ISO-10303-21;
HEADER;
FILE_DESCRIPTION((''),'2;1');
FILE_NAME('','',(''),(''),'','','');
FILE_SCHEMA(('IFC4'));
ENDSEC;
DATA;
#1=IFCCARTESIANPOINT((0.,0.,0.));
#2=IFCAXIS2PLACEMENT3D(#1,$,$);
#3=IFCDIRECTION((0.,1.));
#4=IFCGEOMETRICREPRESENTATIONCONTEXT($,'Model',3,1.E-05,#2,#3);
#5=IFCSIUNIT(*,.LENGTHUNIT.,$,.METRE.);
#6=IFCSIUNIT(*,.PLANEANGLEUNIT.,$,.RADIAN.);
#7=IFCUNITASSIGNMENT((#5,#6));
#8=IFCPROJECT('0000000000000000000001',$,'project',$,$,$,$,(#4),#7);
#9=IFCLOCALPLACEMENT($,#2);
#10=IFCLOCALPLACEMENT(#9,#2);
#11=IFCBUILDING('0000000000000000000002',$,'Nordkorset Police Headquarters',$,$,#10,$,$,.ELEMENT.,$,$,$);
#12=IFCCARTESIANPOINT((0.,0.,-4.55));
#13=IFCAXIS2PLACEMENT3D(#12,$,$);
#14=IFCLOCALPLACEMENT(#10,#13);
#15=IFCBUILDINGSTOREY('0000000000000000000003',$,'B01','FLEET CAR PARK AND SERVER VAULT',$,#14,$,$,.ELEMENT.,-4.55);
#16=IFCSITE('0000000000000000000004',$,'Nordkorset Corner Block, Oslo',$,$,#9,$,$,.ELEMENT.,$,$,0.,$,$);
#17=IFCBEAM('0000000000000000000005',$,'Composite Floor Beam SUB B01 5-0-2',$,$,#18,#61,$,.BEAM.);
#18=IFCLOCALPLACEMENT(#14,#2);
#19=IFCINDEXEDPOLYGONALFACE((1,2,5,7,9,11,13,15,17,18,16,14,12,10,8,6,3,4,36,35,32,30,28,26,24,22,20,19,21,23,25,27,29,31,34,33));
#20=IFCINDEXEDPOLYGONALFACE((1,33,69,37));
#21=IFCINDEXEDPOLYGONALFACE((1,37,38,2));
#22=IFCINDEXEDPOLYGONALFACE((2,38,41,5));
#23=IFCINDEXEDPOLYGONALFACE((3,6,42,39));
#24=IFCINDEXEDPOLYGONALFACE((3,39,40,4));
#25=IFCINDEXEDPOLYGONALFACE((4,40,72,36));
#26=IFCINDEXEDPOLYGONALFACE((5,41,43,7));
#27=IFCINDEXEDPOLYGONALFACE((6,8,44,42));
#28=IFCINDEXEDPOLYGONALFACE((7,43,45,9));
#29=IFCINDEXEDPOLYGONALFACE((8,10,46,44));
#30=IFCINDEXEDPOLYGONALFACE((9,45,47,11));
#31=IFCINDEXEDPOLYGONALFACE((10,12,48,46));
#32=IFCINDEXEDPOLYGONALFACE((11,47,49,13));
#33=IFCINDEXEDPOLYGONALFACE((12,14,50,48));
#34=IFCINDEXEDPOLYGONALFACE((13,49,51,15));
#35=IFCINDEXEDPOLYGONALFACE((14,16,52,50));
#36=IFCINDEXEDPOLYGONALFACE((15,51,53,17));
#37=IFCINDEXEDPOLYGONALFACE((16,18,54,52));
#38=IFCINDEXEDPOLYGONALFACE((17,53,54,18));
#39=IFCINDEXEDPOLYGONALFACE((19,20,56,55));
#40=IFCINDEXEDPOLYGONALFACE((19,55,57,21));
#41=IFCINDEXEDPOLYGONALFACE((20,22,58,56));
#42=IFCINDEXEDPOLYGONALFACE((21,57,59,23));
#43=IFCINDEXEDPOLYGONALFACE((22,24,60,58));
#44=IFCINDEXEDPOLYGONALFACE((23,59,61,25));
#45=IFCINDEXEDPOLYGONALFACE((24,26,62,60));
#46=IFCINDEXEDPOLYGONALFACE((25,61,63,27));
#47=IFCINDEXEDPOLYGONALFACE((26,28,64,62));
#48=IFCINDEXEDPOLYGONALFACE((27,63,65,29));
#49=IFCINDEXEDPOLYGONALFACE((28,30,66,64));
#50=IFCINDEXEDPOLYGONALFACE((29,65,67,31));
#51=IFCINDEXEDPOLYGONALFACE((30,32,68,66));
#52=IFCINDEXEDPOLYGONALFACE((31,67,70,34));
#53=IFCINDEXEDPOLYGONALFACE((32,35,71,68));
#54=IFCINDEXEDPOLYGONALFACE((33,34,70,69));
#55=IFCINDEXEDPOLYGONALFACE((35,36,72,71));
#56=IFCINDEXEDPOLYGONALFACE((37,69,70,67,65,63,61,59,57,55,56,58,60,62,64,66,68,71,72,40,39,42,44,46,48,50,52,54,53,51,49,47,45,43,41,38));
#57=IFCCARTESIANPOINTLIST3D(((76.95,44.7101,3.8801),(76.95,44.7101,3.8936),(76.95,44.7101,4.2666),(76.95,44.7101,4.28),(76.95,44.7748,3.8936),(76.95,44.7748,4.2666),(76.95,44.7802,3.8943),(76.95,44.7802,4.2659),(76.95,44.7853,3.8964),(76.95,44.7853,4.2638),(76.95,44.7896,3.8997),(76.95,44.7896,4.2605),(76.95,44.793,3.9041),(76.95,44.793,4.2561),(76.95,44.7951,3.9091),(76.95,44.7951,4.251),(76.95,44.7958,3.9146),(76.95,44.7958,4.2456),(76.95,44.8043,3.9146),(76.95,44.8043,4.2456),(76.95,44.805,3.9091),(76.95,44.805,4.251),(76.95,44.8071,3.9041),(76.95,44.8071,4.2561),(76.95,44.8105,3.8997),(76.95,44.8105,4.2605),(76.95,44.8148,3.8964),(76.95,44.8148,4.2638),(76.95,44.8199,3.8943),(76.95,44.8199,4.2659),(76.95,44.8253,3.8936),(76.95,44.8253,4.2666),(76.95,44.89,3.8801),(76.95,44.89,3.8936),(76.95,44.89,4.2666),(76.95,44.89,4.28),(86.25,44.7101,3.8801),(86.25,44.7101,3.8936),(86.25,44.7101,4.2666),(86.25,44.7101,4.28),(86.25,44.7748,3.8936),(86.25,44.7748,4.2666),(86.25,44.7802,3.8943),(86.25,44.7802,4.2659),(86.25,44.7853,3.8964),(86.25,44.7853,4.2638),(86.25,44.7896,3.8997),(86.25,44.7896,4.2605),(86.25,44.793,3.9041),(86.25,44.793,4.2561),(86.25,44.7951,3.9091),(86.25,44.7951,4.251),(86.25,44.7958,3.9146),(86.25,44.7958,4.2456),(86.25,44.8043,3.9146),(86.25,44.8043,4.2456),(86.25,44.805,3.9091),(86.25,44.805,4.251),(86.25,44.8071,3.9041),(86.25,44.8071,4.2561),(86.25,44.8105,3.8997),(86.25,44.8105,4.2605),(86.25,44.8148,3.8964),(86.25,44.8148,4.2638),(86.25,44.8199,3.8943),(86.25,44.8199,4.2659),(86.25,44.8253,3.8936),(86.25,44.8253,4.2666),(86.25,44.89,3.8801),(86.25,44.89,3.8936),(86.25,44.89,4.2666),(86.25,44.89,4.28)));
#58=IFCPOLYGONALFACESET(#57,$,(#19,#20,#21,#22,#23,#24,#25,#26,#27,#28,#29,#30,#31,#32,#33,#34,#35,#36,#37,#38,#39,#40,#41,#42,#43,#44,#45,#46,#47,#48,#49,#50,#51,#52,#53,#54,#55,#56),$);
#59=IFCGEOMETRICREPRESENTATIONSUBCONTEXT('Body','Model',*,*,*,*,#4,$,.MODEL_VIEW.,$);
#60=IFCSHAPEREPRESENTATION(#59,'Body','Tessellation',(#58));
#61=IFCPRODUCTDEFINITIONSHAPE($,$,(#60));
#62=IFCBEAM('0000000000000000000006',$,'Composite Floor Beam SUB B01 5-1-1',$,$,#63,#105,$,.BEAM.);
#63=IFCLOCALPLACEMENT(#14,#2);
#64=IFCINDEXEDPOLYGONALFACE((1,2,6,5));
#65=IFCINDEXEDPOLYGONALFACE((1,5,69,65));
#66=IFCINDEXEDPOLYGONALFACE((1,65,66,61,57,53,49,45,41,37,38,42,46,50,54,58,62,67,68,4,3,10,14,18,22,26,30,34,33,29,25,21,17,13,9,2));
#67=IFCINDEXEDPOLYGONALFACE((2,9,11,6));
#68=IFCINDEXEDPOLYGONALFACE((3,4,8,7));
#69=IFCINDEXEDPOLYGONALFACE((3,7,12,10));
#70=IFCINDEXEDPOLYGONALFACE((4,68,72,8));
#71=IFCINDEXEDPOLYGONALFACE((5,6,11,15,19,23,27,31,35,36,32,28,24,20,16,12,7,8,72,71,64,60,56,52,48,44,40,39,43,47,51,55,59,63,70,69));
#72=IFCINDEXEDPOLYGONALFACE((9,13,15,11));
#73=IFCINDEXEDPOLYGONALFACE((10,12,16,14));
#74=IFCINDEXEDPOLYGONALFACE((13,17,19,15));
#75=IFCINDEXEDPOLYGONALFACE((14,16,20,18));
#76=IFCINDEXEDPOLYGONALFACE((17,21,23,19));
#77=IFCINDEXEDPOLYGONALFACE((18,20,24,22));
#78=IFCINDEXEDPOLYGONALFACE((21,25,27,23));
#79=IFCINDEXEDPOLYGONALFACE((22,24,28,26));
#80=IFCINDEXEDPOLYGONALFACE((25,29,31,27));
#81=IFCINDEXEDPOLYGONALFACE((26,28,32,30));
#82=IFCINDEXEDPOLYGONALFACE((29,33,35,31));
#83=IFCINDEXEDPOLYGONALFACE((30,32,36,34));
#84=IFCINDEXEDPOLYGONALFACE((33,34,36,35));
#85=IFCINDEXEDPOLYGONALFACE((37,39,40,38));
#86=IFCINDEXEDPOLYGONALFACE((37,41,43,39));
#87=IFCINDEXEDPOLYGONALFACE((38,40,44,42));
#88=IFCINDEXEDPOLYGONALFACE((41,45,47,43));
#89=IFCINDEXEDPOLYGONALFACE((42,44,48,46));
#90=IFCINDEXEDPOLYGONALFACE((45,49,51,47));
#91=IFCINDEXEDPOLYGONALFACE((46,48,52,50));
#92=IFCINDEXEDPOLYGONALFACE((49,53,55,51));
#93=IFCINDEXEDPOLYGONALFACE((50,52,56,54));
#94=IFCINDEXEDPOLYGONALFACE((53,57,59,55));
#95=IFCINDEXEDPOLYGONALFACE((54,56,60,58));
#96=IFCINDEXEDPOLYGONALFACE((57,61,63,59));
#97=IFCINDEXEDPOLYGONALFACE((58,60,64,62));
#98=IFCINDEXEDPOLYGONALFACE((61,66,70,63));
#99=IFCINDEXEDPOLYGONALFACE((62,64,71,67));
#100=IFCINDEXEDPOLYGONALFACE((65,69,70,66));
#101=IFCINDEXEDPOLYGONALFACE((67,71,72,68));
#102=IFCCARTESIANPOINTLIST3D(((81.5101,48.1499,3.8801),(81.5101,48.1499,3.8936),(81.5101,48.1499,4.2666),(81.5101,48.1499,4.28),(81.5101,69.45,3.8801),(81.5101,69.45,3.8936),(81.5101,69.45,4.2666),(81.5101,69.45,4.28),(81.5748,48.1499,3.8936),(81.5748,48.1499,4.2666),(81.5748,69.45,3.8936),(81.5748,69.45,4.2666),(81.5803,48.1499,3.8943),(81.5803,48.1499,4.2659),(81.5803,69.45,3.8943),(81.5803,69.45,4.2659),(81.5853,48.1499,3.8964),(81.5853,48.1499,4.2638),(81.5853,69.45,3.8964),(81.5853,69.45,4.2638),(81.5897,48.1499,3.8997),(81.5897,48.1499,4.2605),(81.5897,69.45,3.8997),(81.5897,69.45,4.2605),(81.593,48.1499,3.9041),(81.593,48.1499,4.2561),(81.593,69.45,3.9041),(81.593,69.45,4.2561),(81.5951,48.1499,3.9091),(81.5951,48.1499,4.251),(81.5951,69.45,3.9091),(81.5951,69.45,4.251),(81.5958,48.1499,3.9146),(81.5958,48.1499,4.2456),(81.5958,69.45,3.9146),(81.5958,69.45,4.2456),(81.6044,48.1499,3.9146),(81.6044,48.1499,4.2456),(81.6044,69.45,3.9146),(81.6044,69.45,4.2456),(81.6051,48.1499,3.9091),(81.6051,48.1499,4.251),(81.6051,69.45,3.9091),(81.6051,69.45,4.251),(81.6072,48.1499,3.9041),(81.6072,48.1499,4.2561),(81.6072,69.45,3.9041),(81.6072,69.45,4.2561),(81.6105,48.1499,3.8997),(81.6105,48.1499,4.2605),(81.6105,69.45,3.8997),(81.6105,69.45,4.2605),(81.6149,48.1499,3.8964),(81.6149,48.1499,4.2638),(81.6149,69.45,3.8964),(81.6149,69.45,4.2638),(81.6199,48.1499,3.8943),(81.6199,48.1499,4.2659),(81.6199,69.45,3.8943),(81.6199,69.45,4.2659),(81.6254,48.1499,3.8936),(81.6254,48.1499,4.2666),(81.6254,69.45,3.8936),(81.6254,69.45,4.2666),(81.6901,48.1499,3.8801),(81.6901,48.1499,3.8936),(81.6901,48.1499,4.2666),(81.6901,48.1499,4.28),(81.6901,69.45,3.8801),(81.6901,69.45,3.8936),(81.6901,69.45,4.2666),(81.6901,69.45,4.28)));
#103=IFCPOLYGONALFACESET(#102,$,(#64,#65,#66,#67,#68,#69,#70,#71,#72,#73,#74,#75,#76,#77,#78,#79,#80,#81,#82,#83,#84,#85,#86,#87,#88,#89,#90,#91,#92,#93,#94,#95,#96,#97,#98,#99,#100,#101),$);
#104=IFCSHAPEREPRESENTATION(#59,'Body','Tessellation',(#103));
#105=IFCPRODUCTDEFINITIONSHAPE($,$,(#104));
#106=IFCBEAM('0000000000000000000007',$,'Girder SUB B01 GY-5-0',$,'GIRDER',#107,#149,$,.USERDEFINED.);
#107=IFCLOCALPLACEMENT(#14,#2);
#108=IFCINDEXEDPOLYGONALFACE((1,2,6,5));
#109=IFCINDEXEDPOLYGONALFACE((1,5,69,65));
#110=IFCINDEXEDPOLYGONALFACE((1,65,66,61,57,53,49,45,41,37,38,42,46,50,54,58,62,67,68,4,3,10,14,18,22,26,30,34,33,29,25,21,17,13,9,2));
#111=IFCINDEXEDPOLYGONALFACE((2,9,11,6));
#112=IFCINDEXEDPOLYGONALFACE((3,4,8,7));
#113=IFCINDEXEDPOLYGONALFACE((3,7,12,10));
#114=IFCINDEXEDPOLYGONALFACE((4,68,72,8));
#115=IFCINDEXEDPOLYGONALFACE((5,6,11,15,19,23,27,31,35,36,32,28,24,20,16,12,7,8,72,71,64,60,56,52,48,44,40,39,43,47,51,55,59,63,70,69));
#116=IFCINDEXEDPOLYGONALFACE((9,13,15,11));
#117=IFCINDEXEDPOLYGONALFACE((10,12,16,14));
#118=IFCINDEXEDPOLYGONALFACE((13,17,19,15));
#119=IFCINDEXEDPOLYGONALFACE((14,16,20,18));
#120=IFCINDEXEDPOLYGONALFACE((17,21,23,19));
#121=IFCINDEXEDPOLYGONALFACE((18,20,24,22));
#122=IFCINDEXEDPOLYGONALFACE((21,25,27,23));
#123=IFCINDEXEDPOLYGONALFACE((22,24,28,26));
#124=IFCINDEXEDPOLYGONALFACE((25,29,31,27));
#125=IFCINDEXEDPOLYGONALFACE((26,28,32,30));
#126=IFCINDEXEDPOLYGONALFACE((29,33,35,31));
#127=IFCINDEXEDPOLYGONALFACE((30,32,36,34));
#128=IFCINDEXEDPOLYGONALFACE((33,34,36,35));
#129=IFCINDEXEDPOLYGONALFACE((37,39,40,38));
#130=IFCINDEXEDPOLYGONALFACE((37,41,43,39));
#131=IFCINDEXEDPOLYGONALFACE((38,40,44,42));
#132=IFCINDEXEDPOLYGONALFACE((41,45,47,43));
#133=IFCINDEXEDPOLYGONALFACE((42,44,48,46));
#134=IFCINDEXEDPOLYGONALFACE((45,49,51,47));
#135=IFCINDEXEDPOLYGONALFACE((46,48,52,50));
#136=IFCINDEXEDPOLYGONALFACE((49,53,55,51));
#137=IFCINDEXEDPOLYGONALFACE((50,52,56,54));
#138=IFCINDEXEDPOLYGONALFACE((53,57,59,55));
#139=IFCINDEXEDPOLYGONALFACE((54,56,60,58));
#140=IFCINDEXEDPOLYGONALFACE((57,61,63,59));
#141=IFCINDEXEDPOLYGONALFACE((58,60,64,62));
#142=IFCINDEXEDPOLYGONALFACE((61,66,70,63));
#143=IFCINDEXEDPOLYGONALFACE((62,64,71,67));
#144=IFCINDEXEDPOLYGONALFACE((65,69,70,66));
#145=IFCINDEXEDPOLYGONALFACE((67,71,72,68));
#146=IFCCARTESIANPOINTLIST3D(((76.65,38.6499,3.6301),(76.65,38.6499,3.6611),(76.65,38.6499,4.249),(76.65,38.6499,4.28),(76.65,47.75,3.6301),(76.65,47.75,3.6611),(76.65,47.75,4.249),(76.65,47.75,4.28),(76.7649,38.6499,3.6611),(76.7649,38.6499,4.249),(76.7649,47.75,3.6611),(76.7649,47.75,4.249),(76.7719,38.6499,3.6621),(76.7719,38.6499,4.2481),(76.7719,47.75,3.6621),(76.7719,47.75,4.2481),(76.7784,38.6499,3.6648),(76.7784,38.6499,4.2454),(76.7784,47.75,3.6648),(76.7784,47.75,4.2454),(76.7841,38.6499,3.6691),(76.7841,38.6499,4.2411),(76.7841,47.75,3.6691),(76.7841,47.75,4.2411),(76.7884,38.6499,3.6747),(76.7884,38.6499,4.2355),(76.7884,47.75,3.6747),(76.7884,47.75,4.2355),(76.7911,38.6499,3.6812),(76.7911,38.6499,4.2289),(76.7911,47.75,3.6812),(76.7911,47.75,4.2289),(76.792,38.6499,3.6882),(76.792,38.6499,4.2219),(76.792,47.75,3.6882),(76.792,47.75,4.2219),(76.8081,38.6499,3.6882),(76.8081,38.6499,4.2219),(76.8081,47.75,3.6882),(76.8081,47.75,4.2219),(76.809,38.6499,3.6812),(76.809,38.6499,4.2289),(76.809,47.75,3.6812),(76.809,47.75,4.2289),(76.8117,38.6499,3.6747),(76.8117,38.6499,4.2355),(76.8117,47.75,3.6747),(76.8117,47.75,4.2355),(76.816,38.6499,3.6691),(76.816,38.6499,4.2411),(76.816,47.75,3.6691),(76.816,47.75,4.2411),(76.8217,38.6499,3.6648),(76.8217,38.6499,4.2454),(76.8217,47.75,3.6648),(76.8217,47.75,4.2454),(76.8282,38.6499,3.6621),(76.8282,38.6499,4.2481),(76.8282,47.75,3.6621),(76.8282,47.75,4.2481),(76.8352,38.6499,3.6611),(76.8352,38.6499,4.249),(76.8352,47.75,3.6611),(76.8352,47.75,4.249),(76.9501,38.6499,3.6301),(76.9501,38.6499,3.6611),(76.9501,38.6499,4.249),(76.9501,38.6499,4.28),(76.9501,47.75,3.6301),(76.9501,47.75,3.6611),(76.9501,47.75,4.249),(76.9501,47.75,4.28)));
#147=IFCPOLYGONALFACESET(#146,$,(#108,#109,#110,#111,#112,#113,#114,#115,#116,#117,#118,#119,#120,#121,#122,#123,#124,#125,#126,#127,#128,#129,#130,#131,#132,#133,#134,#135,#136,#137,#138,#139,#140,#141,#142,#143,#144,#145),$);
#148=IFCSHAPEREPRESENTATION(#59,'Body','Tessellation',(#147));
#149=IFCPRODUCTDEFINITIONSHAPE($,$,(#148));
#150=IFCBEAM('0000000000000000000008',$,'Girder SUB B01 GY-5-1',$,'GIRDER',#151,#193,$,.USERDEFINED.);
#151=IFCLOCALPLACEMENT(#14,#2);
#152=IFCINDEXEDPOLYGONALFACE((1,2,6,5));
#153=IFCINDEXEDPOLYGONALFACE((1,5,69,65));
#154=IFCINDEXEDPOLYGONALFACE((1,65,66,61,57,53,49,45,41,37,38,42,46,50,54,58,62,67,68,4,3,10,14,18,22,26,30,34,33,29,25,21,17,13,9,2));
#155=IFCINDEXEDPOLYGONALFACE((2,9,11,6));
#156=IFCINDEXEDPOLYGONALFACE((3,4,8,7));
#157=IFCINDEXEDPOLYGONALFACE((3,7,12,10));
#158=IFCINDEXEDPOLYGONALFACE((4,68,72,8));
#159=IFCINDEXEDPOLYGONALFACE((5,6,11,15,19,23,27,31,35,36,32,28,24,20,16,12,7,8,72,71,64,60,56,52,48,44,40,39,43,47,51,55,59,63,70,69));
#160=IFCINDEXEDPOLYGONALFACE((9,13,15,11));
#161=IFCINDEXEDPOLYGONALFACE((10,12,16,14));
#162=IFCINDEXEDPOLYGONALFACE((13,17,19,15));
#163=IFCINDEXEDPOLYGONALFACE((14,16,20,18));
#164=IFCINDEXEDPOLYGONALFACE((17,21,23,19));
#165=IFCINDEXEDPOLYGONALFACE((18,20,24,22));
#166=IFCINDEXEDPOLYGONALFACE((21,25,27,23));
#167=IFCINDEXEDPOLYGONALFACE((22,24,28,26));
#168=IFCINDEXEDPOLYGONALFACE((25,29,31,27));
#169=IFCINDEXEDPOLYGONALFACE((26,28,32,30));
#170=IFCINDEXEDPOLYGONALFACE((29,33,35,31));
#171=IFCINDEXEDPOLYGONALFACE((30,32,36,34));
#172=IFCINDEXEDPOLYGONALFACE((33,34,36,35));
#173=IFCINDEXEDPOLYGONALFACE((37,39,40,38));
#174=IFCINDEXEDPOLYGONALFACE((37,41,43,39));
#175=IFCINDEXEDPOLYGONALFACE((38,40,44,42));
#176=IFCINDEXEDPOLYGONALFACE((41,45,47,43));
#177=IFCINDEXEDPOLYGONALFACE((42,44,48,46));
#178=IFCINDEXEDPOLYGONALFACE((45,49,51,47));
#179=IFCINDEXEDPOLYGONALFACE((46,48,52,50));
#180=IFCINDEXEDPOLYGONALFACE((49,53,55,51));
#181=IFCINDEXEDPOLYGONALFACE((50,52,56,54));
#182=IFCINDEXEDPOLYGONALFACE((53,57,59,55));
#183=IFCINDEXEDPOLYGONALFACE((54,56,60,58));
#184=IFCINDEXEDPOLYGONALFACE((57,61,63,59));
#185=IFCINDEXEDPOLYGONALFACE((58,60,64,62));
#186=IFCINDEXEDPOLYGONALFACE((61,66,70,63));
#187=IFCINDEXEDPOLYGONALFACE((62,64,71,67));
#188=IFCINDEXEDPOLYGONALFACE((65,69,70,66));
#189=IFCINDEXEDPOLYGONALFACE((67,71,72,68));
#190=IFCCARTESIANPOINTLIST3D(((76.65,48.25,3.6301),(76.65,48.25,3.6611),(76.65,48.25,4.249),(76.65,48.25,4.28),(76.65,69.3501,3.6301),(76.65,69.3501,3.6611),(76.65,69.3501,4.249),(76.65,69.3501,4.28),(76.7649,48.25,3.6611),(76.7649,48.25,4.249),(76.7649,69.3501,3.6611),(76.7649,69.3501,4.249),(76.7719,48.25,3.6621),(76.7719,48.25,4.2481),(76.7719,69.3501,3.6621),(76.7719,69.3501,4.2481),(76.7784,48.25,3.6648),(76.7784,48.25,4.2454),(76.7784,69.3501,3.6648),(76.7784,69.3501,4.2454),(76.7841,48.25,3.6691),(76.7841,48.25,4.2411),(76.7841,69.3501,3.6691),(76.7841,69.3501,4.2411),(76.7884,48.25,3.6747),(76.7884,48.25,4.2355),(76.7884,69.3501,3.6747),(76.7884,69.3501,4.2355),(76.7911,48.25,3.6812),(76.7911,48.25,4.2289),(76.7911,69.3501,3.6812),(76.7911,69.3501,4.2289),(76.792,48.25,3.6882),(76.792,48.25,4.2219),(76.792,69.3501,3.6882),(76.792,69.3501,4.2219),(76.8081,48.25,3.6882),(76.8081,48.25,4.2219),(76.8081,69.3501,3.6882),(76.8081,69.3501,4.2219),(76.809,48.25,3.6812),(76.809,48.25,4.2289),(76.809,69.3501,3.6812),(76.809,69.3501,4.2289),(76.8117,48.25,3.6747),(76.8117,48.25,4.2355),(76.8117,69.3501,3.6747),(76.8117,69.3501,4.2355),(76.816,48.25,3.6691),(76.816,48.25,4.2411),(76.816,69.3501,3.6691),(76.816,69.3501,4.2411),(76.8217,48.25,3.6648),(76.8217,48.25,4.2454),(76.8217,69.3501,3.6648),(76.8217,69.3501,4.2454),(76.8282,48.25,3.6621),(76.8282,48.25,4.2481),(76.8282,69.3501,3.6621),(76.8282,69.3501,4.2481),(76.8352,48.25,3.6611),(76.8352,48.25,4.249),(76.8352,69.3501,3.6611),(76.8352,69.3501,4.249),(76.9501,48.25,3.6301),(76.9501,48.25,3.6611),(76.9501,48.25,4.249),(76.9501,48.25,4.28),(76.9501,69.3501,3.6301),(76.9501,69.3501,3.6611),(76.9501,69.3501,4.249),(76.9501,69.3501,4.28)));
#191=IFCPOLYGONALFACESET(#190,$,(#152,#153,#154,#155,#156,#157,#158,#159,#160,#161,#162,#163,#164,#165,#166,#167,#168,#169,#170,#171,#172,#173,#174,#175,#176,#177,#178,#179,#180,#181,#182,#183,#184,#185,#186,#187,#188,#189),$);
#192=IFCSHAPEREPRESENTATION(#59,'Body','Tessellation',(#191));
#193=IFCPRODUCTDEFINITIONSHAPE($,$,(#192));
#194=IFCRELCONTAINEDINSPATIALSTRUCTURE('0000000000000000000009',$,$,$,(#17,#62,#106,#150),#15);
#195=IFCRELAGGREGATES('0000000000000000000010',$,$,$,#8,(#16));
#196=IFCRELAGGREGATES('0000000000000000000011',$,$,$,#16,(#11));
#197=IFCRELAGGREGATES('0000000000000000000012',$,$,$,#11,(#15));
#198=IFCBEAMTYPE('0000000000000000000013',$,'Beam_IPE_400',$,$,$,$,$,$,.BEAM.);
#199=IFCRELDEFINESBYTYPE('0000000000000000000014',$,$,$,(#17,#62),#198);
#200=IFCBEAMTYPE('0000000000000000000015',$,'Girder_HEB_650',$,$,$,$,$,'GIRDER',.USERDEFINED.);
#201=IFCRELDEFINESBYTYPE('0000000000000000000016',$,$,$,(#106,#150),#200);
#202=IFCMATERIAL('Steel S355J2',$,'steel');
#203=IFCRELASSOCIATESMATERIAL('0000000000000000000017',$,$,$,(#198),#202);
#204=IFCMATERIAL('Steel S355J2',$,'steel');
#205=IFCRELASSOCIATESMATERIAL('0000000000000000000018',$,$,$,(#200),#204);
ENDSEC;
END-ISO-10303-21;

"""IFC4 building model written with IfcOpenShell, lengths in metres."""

from ifc_helpers import new_model, si_unit, direction, frame, origin, origin_2d, place, context, subcontext, project, spatial, i_section, extrude, material, material_profile, profile_set, type_object, element, save


model = new_model("IFC4")

# Units and contexts
model_context = context("Model", 3, precision=1e-05, world=origin(), true_north=direction((0.0, 1.0)))
body_context = subcontext(model_context, "Body", "Model", "MODEL_VIEW")
ifc_project = project(units=[si_unit("LENGTHUNIT", "METRE"), si_unit("PLANEANGLEUNIT", "RADIAN")], contexts=[model_context])

# Site, building, storey
site_placement = place(None, origin())
site = spatial("IfcSite", under=ifc_project, at=site_placement, Name="Nordkorset Corner Block, Oslo", CompositionType="ELEMENT", RefElevation=0.0)
building_placement = place(site_placement, origin())
building = spatial("IfcBuilding", under=site, at=building_placement, Name="Nordkorset Police Headquarters", CompositionType="ELEMENT")
storey_placement = place(building_placement, frame((0.0, 0.0, -4.55)))
storey = spatial("IfcBuildingStorey", under=building, at=storey_placement, Name="B01", Description="FLEET CAR PARK AND SERVER VAULT", CompositionType="ELEMENT", Elevation=-4.55)

# Beams
ifc_material_1 = material(Name="Steel S355J2", Category="steel")
ifc_material_profile_1 = material_profile(ifc_material_1, i_section(OverallWidth=0.1799, OverallDepth=0.3999, WebThickness=0.0085, FlangeThickness=0.0134, FilletRadius=0.021, at=origin_2d()), Name="IPE 400")
ifc_profile_set_1 = profile_set([ifc_material_profile_1], Name="Steel S355J2")
beam_type_1 = type_object("IfcBeamType", Name="Beam_IPE_400", PredefinedType="BEAM", material=ifc_profile_set_1)
for number, where, z_axis, x_axis, name in (
    (1, (76.95, 44.8, 4.0801), (1.0, 0.0, 0.0), (0.0, 1.0, 0.0), "Composite Floor Beam SUB B01 5-0-2"),
):
    element("IfcBeam", number, at=place(storey_placement, frame(where, z_axis=z_axis, x_axis=x_axis)), inside=storey, type_object=beam_type_1, Name=name, PredefinedType="BEAM", context=body_context, shape_type="SweptSolid", body=[
        extrude(i_section(OverallWidth=0.1799, OverallDepth=0.3999, WebThickness=0.0085, FlangeThickness=0.0134, FilletRadius=0.021, at=origin_2d()), origin(), (0.0, 0.0, 1.0), 9.3),
    ])
beam_1_placement = place(storey_placement, frame((81.6001, 48.1499, 4.0801), z_axis=(0.0, 1.0, 0.0), x_axis=(-1.0, 0.0, 0.0)))
element("IfcBeam", 2, at=beam_1_placement, inside=storey, type_object=beam_type_1, Name="Composite Floor Beam SUB B01 5-1-1", PredefinedType="BEAM", context=body_context, shape_type="SweptSolid", body=[
    extrude(i_section(OverallWidth=0.1799, OverallDepth=0.3999, WebThickness=0.0085, FlangeThickness=0.0134, FilletRadius=0.021, at=origin_2d()), origin(), (0.0, 0.0, 1.0), 21.3),
])
ifc_material_2 = material(Name="Steel S355J2", Category="steel")
ifc_material_profile_2 = material_profile(ifc_material_2, i_section(OverallWidth=0.3, OverallDepth=0.6499, WebThickness=0.0161, FlangeThickness=0.031, FilletRadius=0.0271, at=origin_2d()), Name="HEB 650")
ifc_profile_set_2 = profile_set([ifc_material_profile_2], Name="Steel S355J2")
beam_type_2 = type_object("IfcBeamType", Name="Girder_HEB_650", ElementType="GIRDER", PredefinedType="USERDEFINED", material=ifc_profile_set_2)
beam_2_placement = place(storey_placement, frame((76.8, 38.6499, 3.9551), z_axis=(0.0, 1.0, 0.0), x_axis=(-1.0, 0.0, 0.0)))
element("IfcBeam", 3, at=beam_2_placement, inside=storey, type_object=beam_type_2, Name="Girder SUB B01 GY-5-0", ObjectType="GIRDER", PredefinedType="USERDEFINED", context=body_context, shape_type="SweptSolid", body=[
    extrude(i_section(OverallWidth=0.3, OverallDepth=0.6499, WebThickness=0.0161, FlangeThickness=0.031, FilletRadius=0.0271, at=origin_2d()), origin(), (0.0, 0.0, 1.0), 9.1001),
])
beam_3_placement = place(storey_placement, frame((76.8, 48.25, 3.9551), z_axis=(0.0, 1.0, 0.0), x_axis=(-1.0, 0.0, 0.0)))
element("IfcBeam", 4, at=beam_3_placement, inside=storey, type_object=beam_type_2, Name="Girder SUB B01 GY-5-1", ObjectType="GIRDER", PredefinedType="USERDEFINED", context=body_context, shape_type="SweptSolid", body=[
    extrude(i_section(OverallWidth=0.3, OverallDepth=0.6499, WebThickness=0.0161, FlangeThickness=0.031, FilletRadius=0.0271, at=origin_2d()), origin(), (0.0, 0.0, 1.0), 21.1001),
])

save(model, "model.ifc")
